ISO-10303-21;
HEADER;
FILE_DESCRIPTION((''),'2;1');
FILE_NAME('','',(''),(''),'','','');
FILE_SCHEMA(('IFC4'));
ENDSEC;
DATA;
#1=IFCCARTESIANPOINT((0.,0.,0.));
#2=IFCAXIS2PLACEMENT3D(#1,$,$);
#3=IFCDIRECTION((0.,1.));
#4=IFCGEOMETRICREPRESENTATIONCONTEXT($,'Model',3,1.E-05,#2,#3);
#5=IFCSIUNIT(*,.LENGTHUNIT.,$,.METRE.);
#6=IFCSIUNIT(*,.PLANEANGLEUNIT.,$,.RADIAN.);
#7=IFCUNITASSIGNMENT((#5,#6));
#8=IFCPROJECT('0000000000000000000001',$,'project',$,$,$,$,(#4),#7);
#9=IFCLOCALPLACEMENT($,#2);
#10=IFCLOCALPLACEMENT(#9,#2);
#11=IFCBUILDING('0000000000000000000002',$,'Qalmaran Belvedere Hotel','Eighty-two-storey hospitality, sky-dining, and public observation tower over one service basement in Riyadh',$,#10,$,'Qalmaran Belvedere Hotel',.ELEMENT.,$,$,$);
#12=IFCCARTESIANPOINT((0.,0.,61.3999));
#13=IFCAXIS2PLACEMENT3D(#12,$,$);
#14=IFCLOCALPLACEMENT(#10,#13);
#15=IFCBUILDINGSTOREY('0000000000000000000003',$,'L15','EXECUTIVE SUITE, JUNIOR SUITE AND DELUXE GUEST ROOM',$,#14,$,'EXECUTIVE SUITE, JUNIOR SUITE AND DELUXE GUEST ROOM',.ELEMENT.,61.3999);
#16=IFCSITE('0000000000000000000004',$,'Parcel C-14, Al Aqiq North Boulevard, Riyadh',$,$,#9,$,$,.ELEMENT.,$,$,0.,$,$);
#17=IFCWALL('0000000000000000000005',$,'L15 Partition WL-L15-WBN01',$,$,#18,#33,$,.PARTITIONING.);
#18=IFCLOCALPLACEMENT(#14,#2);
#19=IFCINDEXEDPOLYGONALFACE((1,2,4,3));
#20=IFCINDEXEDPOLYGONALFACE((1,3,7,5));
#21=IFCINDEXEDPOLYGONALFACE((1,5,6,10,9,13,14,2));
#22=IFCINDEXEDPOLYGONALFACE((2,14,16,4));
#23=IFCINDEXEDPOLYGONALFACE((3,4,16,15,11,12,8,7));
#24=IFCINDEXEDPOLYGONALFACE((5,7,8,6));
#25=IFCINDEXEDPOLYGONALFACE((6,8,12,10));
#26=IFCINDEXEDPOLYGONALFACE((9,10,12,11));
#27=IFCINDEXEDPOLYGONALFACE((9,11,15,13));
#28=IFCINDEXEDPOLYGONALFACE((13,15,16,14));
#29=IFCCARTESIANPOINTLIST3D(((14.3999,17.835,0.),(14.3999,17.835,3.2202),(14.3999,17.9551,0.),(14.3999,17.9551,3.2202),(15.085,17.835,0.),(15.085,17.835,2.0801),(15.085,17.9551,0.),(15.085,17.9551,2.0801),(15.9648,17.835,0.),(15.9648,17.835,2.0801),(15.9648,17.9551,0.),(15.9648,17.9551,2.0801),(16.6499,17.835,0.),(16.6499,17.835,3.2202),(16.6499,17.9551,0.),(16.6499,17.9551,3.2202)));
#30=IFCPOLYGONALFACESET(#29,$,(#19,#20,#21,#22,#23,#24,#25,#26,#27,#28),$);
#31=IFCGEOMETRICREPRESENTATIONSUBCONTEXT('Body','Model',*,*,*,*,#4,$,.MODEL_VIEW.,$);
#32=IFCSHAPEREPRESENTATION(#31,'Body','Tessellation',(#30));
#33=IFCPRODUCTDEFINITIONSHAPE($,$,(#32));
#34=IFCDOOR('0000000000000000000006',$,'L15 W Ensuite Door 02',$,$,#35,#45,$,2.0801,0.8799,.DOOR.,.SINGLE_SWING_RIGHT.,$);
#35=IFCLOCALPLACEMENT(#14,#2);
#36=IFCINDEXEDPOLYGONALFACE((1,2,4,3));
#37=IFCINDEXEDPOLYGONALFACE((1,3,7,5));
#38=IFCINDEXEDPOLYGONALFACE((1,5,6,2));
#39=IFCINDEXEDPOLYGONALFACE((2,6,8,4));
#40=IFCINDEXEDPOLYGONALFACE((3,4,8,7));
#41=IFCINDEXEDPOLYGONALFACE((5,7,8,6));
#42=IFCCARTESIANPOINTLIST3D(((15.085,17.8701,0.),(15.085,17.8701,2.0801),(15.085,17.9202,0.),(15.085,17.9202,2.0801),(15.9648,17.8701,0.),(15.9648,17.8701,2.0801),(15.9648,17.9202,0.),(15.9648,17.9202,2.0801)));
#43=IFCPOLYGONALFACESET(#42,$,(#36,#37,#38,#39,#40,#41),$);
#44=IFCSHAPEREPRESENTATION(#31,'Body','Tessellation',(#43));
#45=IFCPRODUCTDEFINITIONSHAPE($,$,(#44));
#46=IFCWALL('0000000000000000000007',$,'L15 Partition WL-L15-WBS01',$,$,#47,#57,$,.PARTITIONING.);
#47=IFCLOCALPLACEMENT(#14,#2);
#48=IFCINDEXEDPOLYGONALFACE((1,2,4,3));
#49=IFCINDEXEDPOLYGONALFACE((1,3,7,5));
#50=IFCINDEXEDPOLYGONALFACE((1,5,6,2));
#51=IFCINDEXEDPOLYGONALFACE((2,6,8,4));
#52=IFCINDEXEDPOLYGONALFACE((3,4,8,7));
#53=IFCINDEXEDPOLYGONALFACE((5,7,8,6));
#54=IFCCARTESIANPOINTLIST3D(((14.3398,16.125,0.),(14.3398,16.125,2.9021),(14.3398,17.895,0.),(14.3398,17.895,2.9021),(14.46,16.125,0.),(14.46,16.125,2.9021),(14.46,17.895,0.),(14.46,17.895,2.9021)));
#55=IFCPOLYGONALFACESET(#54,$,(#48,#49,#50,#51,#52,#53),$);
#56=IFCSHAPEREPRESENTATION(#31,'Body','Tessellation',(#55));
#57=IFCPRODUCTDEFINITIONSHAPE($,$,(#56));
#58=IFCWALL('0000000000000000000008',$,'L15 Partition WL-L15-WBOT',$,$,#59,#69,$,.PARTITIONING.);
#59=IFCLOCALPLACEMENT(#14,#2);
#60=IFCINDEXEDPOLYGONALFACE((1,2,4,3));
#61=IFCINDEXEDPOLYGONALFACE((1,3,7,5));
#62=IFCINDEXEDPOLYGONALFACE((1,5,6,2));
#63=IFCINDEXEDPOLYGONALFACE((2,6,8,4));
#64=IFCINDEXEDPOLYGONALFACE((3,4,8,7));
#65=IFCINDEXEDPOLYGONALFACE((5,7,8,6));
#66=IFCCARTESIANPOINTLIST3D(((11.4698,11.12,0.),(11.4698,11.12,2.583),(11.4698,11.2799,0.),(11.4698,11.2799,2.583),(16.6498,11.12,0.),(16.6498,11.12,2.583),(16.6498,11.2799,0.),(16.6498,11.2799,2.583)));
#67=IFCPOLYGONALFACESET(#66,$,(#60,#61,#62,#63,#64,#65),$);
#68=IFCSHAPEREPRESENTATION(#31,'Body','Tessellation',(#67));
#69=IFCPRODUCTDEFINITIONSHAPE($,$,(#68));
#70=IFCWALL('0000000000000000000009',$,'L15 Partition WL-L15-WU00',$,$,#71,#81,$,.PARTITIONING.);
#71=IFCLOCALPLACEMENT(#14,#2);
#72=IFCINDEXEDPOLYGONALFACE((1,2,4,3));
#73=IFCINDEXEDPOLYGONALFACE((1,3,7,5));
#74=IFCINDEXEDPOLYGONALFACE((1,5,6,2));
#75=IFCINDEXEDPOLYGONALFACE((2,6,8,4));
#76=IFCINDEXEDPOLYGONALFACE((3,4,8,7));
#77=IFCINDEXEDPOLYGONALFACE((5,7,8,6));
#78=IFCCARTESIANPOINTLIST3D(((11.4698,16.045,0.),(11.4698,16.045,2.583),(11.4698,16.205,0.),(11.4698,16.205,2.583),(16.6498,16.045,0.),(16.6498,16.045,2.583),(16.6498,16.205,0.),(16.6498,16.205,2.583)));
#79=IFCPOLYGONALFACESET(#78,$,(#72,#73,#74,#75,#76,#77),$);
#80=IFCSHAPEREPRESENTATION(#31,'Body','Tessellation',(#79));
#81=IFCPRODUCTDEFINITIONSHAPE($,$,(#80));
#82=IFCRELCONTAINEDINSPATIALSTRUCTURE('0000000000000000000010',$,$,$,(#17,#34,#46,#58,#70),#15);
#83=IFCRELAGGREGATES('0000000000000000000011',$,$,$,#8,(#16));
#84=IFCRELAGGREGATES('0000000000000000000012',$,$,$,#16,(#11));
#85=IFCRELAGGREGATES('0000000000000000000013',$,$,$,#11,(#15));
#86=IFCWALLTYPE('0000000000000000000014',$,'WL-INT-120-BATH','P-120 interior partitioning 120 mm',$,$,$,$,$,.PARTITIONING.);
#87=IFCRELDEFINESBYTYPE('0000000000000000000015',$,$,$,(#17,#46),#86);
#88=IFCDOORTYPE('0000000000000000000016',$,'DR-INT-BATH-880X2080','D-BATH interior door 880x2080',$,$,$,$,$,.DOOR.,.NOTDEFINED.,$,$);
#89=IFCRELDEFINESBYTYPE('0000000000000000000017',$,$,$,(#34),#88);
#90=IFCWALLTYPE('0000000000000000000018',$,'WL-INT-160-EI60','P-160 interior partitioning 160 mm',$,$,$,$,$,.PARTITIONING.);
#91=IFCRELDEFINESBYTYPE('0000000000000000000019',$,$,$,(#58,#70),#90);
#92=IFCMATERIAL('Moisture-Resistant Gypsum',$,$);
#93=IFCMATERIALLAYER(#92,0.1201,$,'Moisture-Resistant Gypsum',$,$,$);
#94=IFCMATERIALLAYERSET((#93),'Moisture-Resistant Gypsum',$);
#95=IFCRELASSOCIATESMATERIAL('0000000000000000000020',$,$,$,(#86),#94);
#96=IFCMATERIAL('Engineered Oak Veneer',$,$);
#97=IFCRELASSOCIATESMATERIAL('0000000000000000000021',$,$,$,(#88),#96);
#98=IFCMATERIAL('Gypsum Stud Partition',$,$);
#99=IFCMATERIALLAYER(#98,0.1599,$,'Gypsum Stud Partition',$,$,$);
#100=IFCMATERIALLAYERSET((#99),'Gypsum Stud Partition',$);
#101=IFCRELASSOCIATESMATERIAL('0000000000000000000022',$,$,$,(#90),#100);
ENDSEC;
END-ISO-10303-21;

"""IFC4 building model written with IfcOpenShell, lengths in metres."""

from ifc_helpers import new_model, si_unit, direction, frame, frame_2d, origin, place, context, subcontext, project, spatial, rectangle, extrude, material, layer, layer_set, type_object, element, fill, save


model = new_model("IFC4")

# Units and contexts
model_context = context("Model", 3, precision=1e-05, world=origin(), true_north=direction((0.0, 1.0)))
body_context = subcontext(model_context, "Body", "Model", "MODEL_VIEW")
ifc_project = project(units=[si_unit("LENGTHUNIT", "METRE"), si_unit("PLANEANGLEUNIT", "RADIAN")], contexts=[model_context])

# Site, building, storey
site_placement = place(None, origin())
site = spatial("IfcSite", under=ifc_project, at=site_placement, Name="Parcel C-14, Al Aqiq North Boulevard, Riyadh", CompositionType="ELEMENT", RefElevation=0.0)
building_placement = place(site_placement, origin())
building = spatial("IfcBuilding", under=site, at=building_placement, Name="Qalmaran Belvedere Hotel", Description="Eighty-two-storey hospitality, sky-dining, and public observation tower over one service basement in Riyadh", LongName="Qalmaran Belvedere Hotel", CompositionType="ELEMENT")
storey_placement = place(building_placement, frame((0.0, 0.0, 61.3999)))
storey = spatial("IfcBuildingStorey", under=building, at=storey_placement, Name="L15", Description="EXECUTIVE SUITE, JUNIOR SUITE AND DELUXE GUEST ROOM", LongName="EXECUTIVE SUITE, JUNIOR SUITE AND DELUXE GUEST ROOM", CompositionType="ELEMENT", Elevation=61.3999)

# Shared definitions
ifc_material_1 = material(Name="Moisture-Resistant Gypsum")
ifc_layer_1 = layer(ifc_material_1, 0.1201, Name="Moisture-Resistant Gypsum")
ifc_layer_set_1 = layer_set([ifc_layer_1], Name="Moisture-Resistant Gypsum")
wall_type_1 = type_object("IfcWallType", Name="WL-INT-120-BATH", Description="P-120 interior partitioning 120 mm", PredefinedType="PARTITIONING", material=ifc_layer_set_1)
ifc_material_2 = material(Name="Engineered Oak Veneer")
door_type = type_object("IfcDoorType", Name="DR-INT-BATH-880X2080", Description="D-BATH interior door 880x2080", OperationType="NOTDEFINED", PredefinedType="DOOR", material=ifc_material_2)

# Wall, opening, door
wall_1_placement = place(storey_placement, frame((14.3999, 17.895, 0.0), z_axis=(0.0, 0.0, 1.0), x_axis=(1.0, 0.0, 0.0)))
wall_1 = element("IfcWall", 1, at=wall_1_placement, inside=storey, type_object=wall_type_1, Name="L15 Partition WL-L15-WBN01", PredefinedType="PARTITIONING", context=body_context, shape_type="SweptSolid", body=[
    extrude(rectangle(XDim=2.25, YDim=0.1201, at=frame_2d((1.125, 0.0))), origin(), (0.0, 0.0, 1.0), 3.2202),
])
opening_1_placement = place(wall_1_placement, frame((1.5649, 0.0, 0.0), z_axis=(0.0, 0.0, 1.0), x_axis=(-1.0, 0.0, 0.0)))
opening_1 = element("IfcOpeningElement", 2, at=opening_1_placement, cuts=wall_1, PredefinedType="OPENING", context=body_context, shape_type="SweptSolid", body=[
    extrude(rectangle(XDim=0.8799, YDim=2.0801, at=frame_2d((0.4399, 1.04))), frame((0.0, 0.0701, 0.0), z_axis=(0.0, -1.0, 0.0), x_axis=(1.0, 0.0, 0.0)), (0.0, 0.0, 1.0), 0.1401),
])
door_1_placement = place(opening_1_placement, origin())
door_1 = element("IfcDoor", 3, at=door_1_placement, inside=storey, type_object=door_type, Name="L15 W Ensuite Door 02", OperationType="SINGLE_SWING_RIGHT", OverallHeight=2.0801, OverallWidth=0.8799, PredefinedType="DOOR", context=body_context, shape_type="SweptSolid", body=[
    extrude(rectangle(XDim=0.8799, YDim=2.0801, at=frame_2d((0.4399, 1.04))), frame((0.0, 0.0249, 0.0), z_axis=(0.0, -1.0, 0.0), x_axis=(1.0, 0.0, 0.0)), (0.0, 0.0, 1.0), 0.05),
])
fill(opening_1, door_1)

# Walls
wall_2_placement = place(storey_placement, frame((14.3999, 16.125, 0.0), z_axis=(0.0, 0.0, 1.0), x_axis=(0.0, 1.0, 0.0)))
element("IfcWall", 4, at=wall_2_placement, inside=storey, type_object=wall_type_1, Name="L15 Partition WL-L15-WBS01", PredefinedType="PARTITIONING", context=body_context, shape_type="SweptSolid", body=[
    extrude(rectangle(XDim=1.77, YDim=0.1201, at=frame_2d((0.885, 0.0))), origin(), (0.0, 0.0, 1.0), 2.9021),
])
ifc_material_3 = material(Name="Gypsum Stud Partition")
ifc_layer_2 = layer(ifc_material_3, 0.1599, Name="Gypsum Stud Partition")
ifc_layer_set_2 = layer_set([ifc_layer_2], Name="Gypsum Stud Partition")
wall_type_2 = type_object("IfcWallType", Name="WL-INT-160-EI60", Description="P-160 interior partitioning 160 mm", PredefinedType="PARTITIONING", material=ifc_layer_set_2)
for number, where, z_axis, x_axis, name in (
    (5, (11.47, 11.2, 0.0), (0.0, 0.0, 1.0), (1.0, 0.0, 0.0), "L15 Partition WL-L15-WBOT"),
    (6, (11.47, 16.125, 0.0), (0.0, 0.0, 1.0), (1.0, 0.0, 0.0), "L15 Partition WL-L15-WU00"),
):
    element("IfcWall", number, at=place(storey_placement, frame(where, z_axis=z_axis, x_axis=x_axis)), inside=storey, type_object=wall_type_2, Name=name, PredefinedType="PARTITIONING", context=body_context, shape_type="SweptSolid", body=[
        extrude(rectangle(XDim=5.1799, YDim=0.1599, at=frame_2d((2.5898, 0.0))), origin(), (0.0, 0.0, 1.0), 2.583),
    ])

save(model, "model.ifc")
